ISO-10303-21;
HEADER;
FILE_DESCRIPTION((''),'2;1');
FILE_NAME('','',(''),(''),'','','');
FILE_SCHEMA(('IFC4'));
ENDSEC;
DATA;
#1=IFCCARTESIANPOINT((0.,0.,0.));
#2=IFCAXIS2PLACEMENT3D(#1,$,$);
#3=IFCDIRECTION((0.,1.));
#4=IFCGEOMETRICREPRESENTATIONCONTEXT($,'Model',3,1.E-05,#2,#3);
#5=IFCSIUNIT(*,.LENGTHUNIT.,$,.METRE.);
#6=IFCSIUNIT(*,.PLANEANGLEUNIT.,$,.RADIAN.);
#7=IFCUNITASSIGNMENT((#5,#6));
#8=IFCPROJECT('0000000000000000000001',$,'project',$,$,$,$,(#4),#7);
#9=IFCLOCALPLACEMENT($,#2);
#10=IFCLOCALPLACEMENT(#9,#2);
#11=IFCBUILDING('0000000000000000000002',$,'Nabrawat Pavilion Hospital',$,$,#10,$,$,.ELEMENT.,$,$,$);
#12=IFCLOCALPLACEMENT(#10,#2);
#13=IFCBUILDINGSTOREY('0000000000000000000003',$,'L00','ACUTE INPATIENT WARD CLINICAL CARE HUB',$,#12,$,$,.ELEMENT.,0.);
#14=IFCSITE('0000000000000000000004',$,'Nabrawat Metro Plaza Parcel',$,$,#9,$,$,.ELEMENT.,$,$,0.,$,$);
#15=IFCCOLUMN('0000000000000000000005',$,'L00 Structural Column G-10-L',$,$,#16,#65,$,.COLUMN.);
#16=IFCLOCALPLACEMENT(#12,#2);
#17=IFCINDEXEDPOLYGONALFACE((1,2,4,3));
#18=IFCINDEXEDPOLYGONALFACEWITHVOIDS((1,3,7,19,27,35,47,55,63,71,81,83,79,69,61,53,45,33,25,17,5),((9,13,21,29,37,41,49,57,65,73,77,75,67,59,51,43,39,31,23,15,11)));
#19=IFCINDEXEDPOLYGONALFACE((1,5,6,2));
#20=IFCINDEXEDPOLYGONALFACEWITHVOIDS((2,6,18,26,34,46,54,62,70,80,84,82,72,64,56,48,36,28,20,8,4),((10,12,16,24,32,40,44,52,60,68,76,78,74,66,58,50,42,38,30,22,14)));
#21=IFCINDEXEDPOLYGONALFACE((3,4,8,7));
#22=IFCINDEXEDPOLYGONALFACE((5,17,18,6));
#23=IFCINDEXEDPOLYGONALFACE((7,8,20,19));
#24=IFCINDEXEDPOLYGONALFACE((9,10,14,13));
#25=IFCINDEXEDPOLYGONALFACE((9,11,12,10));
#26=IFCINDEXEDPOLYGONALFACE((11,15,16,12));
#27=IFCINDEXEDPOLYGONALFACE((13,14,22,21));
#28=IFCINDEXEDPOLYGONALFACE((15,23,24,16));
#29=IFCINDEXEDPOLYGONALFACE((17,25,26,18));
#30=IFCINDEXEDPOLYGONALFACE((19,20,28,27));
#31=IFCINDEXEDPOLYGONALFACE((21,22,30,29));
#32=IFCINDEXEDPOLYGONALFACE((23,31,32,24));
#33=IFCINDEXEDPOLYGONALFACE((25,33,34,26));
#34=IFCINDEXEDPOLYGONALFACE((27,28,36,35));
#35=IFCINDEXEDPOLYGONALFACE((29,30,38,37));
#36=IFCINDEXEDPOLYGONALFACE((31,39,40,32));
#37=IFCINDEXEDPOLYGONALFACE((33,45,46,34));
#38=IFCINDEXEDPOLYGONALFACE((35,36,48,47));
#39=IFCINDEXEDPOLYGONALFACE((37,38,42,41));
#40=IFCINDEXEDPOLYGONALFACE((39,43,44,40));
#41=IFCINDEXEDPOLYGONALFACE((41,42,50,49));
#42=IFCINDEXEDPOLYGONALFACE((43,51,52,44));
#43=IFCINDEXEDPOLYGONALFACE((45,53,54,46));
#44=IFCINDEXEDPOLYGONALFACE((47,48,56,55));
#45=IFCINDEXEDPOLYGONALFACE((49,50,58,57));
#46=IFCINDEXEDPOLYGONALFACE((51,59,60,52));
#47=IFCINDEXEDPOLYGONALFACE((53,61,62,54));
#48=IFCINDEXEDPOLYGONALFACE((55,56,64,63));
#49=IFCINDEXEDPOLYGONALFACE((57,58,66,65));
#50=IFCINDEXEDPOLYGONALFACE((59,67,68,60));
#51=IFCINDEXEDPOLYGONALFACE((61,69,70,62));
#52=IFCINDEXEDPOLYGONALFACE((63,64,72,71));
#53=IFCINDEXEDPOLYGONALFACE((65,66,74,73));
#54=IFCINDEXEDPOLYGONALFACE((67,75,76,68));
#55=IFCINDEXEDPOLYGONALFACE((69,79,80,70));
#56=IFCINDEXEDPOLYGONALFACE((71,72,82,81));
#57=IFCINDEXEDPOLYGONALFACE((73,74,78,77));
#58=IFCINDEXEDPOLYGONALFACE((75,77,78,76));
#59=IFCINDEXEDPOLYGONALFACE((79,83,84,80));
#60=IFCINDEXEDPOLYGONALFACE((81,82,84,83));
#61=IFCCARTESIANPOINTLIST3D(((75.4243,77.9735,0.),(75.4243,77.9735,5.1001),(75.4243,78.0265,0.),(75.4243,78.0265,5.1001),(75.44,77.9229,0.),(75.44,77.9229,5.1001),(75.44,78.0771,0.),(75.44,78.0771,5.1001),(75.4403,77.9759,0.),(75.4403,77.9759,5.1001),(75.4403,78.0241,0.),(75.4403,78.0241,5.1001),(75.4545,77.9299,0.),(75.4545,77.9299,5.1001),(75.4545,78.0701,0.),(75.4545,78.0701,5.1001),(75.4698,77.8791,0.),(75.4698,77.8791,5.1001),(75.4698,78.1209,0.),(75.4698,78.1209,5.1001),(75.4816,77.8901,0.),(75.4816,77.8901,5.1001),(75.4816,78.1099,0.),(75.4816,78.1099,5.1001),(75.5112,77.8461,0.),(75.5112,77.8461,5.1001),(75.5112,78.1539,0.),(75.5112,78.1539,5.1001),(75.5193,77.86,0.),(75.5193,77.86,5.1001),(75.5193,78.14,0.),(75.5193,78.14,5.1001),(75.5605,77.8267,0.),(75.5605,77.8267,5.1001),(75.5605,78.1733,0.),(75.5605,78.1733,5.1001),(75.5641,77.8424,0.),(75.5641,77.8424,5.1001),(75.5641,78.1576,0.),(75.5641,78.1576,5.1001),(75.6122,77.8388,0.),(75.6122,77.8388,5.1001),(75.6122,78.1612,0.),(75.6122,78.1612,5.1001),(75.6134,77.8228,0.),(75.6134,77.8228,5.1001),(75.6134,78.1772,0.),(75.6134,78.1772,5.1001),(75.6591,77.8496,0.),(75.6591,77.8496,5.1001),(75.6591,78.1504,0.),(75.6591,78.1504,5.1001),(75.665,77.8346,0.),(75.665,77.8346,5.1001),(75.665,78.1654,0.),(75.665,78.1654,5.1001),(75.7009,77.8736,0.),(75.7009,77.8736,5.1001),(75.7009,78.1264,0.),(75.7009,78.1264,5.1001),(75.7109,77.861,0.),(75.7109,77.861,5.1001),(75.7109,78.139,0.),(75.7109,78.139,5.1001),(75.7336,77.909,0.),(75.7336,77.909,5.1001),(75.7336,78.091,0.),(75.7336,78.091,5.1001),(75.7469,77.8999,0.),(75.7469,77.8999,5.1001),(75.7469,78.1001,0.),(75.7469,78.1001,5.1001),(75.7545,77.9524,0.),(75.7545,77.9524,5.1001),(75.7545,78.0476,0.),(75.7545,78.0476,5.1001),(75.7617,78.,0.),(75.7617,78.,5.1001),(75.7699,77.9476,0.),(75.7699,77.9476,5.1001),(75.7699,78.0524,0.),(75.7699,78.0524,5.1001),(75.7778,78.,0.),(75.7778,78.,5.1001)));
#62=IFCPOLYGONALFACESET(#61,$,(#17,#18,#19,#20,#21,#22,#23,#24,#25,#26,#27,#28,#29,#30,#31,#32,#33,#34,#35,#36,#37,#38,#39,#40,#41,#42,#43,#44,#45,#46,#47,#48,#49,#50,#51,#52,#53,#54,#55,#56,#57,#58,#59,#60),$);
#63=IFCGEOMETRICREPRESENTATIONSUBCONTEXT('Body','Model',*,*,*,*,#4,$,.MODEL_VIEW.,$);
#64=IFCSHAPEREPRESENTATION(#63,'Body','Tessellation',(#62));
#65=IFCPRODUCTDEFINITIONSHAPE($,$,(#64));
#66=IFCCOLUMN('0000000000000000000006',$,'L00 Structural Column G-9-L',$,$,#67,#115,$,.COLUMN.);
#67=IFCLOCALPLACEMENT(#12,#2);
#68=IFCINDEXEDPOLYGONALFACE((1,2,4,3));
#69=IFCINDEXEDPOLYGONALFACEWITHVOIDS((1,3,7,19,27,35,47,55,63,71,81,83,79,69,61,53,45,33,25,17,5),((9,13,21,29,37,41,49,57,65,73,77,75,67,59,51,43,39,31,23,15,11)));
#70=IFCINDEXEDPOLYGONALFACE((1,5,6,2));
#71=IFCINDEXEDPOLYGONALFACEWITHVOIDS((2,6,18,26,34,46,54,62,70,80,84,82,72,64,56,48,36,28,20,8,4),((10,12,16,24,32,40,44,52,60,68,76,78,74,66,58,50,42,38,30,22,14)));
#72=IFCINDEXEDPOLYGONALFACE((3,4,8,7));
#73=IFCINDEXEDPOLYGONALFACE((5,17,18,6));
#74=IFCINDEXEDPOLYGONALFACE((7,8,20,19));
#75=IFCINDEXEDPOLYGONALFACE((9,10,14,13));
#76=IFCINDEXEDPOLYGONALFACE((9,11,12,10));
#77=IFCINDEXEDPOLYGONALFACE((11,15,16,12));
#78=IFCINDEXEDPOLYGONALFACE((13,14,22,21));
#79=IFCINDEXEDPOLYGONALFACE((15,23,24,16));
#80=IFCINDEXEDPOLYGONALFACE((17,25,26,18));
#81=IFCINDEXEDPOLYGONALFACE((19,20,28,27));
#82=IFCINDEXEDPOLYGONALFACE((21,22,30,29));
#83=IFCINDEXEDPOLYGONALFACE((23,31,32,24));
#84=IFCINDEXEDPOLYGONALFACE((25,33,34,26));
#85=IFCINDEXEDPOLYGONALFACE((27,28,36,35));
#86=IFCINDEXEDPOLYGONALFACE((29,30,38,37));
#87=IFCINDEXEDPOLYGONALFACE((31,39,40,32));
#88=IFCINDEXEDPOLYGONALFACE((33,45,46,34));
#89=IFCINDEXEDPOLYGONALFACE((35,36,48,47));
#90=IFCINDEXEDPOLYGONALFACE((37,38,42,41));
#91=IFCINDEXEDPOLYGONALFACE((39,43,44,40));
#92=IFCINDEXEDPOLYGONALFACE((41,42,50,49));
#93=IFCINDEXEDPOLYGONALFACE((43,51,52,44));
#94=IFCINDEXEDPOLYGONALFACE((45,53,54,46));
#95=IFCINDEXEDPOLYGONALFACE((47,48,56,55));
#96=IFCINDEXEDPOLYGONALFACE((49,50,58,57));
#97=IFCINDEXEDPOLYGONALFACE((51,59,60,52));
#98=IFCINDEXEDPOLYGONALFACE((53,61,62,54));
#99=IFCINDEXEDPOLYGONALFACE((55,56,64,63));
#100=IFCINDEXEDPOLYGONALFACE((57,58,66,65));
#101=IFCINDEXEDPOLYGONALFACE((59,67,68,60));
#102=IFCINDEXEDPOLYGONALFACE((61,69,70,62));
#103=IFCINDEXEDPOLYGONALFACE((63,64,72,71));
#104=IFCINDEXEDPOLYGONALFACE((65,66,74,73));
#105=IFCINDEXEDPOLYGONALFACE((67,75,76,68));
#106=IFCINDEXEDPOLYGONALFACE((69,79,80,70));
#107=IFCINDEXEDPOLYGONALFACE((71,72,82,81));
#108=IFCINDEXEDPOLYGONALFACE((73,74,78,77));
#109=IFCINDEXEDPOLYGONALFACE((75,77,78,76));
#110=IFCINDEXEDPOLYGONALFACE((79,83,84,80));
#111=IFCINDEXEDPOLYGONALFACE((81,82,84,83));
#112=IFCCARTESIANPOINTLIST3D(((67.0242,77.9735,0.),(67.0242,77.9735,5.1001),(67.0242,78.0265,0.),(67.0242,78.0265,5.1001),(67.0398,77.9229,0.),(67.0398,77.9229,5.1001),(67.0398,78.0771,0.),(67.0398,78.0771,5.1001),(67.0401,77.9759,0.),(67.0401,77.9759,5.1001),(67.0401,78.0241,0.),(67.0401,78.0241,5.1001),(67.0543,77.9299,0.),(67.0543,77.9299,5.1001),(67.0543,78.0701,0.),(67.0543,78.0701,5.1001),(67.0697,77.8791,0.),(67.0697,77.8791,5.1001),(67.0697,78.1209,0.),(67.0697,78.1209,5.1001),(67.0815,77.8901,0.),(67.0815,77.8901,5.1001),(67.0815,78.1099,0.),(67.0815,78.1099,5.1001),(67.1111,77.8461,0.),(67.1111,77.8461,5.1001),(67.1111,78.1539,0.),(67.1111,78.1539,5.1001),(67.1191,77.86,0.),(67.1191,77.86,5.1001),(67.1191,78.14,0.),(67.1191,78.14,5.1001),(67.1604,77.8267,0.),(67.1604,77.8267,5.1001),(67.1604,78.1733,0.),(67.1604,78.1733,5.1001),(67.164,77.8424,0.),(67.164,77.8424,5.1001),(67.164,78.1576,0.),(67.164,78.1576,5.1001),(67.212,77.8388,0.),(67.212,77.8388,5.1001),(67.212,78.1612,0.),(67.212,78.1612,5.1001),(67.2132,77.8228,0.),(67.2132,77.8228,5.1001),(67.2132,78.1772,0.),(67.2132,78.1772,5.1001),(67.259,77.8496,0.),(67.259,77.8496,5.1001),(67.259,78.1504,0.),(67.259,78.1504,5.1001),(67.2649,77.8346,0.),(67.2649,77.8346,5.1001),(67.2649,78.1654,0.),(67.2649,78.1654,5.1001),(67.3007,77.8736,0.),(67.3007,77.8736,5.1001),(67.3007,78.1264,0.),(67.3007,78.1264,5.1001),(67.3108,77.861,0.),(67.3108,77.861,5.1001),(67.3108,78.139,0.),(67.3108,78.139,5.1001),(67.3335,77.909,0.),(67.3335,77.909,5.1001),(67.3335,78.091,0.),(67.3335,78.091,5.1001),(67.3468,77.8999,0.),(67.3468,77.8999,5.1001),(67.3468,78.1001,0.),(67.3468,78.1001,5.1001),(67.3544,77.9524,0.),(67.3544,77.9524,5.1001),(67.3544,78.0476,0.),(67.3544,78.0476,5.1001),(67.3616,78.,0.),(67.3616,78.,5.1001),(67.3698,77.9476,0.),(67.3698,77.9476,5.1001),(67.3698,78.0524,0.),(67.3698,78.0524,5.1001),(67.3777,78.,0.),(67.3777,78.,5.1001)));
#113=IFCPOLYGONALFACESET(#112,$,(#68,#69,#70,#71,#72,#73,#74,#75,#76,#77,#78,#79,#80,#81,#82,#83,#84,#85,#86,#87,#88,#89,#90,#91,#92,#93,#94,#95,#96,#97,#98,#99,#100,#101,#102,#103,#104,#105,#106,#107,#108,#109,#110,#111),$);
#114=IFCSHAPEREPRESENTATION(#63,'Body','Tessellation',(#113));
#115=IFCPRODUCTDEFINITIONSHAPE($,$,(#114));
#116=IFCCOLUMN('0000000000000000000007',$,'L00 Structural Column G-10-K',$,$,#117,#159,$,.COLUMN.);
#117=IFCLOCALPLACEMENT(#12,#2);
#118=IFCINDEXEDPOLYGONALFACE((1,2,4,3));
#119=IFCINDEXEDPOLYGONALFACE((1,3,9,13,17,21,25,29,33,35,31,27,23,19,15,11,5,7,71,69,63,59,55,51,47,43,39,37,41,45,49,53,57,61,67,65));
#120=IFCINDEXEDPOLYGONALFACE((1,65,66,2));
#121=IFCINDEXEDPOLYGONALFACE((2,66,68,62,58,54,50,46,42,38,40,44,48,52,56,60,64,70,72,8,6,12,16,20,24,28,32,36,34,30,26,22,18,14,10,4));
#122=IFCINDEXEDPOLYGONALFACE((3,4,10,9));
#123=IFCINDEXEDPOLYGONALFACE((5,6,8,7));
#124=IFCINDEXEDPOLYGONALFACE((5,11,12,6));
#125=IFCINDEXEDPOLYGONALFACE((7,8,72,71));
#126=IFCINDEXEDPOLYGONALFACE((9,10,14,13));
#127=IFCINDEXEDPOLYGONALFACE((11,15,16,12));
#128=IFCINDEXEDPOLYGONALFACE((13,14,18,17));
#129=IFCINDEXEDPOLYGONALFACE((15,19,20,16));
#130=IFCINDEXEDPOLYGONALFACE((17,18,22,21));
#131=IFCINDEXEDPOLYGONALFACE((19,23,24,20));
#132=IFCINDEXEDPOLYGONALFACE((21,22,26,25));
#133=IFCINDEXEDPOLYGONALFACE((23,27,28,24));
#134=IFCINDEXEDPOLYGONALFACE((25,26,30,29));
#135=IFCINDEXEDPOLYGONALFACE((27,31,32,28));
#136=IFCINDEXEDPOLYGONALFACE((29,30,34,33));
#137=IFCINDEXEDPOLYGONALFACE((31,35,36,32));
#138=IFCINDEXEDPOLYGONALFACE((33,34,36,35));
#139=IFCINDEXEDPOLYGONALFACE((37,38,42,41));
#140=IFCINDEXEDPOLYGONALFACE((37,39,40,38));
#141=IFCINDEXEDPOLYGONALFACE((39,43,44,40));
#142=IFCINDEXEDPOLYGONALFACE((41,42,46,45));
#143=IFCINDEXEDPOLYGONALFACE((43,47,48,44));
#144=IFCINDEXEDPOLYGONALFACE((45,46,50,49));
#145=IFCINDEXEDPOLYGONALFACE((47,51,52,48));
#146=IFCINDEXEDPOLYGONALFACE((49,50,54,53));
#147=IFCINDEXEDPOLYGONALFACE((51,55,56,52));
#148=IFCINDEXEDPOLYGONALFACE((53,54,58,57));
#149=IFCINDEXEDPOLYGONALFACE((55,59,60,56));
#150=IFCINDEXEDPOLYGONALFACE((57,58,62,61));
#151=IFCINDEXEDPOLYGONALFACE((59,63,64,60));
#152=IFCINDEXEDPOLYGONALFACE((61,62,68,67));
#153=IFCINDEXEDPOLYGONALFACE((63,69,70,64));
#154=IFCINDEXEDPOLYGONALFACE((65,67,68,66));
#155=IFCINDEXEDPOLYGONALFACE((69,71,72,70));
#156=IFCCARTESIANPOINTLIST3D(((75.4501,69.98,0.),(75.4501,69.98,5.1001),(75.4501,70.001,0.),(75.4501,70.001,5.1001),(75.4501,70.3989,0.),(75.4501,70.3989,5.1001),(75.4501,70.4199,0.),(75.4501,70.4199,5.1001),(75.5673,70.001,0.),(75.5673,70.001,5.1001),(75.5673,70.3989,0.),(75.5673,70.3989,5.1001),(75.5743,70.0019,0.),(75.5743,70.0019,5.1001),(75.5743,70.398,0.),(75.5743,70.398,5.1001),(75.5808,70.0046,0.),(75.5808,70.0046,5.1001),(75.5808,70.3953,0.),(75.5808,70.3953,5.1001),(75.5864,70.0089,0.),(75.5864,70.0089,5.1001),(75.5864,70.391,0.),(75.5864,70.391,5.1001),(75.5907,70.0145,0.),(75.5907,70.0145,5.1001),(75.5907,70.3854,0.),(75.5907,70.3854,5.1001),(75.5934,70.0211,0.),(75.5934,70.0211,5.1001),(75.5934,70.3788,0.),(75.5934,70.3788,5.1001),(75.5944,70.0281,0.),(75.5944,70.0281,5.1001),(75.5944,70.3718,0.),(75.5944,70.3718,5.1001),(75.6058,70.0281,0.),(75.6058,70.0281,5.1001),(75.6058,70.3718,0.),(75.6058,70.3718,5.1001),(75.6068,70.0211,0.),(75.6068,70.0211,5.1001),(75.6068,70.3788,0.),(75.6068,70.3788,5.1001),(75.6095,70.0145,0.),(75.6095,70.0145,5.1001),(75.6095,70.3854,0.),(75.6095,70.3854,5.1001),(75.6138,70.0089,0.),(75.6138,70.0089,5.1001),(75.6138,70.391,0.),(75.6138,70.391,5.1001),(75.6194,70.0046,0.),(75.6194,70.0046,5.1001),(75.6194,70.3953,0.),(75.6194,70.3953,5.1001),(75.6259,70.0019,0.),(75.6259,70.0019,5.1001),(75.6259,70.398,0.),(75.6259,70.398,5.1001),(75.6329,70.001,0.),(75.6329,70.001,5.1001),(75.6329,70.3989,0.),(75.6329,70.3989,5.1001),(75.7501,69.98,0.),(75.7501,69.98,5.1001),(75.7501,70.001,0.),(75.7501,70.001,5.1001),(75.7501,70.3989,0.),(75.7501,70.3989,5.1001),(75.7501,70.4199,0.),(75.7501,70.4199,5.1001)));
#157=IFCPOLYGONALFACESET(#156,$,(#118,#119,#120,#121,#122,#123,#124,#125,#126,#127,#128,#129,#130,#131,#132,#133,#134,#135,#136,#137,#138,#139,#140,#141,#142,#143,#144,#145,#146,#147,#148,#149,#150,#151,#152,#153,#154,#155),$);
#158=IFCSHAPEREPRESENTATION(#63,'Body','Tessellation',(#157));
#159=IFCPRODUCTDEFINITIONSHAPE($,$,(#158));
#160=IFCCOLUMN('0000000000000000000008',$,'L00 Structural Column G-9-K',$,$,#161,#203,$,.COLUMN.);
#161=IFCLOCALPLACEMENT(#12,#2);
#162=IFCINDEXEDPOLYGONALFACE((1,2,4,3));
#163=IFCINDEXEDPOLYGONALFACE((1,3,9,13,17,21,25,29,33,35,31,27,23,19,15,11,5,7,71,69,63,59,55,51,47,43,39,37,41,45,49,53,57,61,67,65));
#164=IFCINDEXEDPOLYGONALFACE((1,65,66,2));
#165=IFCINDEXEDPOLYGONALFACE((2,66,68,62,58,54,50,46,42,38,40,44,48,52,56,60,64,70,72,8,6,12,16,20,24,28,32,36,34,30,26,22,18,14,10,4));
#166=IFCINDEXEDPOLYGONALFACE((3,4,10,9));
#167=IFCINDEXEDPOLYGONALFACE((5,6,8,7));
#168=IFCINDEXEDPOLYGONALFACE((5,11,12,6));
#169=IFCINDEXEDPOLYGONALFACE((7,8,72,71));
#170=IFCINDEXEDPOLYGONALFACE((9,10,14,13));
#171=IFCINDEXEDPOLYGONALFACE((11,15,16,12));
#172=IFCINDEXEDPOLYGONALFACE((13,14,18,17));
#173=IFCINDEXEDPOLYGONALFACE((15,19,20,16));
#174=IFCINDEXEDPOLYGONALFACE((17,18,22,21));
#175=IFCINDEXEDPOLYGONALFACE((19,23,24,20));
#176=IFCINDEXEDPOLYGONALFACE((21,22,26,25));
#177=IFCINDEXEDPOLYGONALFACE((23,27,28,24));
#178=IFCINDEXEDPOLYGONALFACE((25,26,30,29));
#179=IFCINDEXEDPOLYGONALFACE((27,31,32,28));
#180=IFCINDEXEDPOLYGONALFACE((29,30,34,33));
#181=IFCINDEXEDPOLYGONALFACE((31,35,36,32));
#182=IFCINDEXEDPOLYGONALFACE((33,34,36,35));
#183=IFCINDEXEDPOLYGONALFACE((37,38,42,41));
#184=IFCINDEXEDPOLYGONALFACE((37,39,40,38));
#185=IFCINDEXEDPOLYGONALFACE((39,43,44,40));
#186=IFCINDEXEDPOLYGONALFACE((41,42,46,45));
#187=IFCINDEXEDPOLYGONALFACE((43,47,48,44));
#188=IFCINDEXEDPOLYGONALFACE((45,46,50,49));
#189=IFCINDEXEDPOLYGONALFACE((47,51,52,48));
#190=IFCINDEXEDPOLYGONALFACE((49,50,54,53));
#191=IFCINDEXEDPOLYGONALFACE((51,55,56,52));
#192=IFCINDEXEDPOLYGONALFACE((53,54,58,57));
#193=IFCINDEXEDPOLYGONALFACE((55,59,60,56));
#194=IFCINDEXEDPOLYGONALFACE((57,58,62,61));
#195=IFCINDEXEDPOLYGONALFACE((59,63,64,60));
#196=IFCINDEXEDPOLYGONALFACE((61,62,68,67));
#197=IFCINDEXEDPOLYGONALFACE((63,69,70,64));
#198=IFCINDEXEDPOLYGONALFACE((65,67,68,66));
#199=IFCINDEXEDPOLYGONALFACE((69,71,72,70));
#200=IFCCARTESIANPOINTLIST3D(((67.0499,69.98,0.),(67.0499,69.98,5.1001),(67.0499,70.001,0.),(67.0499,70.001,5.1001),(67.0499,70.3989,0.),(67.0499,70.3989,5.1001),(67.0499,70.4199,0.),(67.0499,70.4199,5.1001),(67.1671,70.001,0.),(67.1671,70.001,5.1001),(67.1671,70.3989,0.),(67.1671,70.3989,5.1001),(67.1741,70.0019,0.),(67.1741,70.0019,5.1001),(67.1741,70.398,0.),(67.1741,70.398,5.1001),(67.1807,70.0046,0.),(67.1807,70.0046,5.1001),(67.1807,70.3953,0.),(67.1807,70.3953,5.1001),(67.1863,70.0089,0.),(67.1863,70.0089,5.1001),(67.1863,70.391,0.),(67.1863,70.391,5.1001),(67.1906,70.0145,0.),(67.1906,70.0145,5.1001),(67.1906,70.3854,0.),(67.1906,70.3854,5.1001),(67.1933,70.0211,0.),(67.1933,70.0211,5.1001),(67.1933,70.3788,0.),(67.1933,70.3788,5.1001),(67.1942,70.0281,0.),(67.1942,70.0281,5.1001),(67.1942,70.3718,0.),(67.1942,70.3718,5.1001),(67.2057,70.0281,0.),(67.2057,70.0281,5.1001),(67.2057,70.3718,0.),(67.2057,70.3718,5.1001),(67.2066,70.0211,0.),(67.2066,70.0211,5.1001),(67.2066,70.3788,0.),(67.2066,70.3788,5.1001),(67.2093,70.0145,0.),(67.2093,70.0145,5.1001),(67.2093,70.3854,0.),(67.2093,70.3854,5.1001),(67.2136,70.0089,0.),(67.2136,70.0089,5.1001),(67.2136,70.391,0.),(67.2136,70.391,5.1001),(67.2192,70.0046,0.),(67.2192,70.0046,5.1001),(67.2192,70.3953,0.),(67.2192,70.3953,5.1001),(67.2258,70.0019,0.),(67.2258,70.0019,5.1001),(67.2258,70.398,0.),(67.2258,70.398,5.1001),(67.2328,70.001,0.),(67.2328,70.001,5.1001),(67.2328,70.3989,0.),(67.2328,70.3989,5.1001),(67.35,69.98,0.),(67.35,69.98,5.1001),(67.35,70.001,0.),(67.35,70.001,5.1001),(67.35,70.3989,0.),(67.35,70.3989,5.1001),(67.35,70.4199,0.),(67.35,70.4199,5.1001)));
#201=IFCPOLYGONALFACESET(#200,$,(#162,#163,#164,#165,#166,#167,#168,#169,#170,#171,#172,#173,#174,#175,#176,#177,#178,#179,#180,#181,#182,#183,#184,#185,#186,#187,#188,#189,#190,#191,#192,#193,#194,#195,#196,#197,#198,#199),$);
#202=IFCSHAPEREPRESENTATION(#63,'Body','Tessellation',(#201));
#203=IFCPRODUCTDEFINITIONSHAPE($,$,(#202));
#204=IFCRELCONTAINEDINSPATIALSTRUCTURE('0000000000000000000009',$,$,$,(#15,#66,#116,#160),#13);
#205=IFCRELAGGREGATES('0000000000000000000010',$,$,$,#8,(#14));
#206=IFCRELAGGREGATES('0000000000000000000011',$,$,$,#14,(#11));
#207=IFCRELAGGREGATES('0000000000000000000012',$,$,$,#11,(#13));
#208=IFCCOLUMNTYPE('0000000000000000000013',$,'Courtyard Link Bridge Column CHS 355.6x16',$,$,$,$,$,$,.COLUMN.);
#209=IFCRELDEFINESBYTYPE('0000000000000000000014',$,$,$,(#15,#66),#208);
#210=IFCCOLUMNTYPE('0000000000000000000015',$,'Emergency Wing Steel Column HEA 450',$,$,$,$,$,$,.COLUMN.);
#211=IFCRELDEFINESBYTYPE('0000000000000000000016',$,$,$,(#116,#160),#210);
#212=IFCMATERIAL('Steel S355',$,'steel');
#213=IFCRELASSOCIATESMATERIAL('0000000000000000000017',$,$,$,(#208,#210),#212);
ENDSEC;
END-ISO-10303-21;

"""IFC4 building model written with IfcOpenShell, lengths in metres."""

from ifc_helpers import new_model, si_unit, direction, frame, origin, origin_2d, place, context, subcontext, project, spatial, hollow_circle, i_section, extrude, material, material_profile, profile_set, type_object, element, save


model = new_model("IFC4")

# Units and contexts
model_context = context("Model", 3, precision=1e-05, world=origin(), true_north=direction((0.0, 1.0)))
body_context = subcontext(model_context, "Body", "Model", "MODEL_VIEW")
ifc_project = project(units=[si_unit("LENGTHUNIT", "METRE"), si_unit("PLANEANGLEUNIT", "RADIAN")], contexts=[model_context])

# Site, building, storey
site_placement = place(None, origin())
site = spatial("IfcSite", under=ifc_project, at=site_placement, Name="Nabrawat Metro Plaza Parcel", CompositionType="ELEMENT", RefElevation=0.0)
building_placement = place(site_placement, origin())
building = spatial("IfcBuilding", under=site, at=building_placement, Name="Nabrawat Pavilion Hospital", CompositionType="ELEMENT")
storey_placement = place(building_placement, origin())
storey = spatial("IfcBuildingStorey", under=building, at=storey_placement, Name="L00", Description="ACUTE INPATIENT WARD CLINICAL CARE HUB", CompositionType="ELEMENT", Elevation=0.0)

# Columns
ifc_material_1 = material(Name="Steel S355", Category="steel")
ifc_material_profile_1 = material_profile(ifc_material_1, hollow_circle(Radius=0.1777, WallThickness=0.0161, at=origin_2d()), Name="CHS 355.6x16")
ifc_profile_set_1 = profile_set([ifc_material_profile_1], Name="Steel S355")
column_type_1 = type_object("IfcColumnType", Name="Courtyard Link Bridge Column CHS 355.6x16", PredefinedType="COLUMN", material=ifc_profile_set_1)
for number, where, z_axis, x_axis, name in (
    (1, (75.6001, 78.0, 0.0), (0.0, 0.0, 1.0), (1.0, 0.0, 0.0), "L00 Structural Column G-10-L"),
    (2, (67.2, 78.0, 0.0), (0.0, 0.0, 1.0), (1.0, 0.0, 0.0), "L00 Structural Column G-9-L"),
):
    element("IfcColumn", number, at=place(storey_placement, frame(where, z_axis=z_axis, x_axis=x_axis)), inside=storey, type_object=column_type_1, Name=name, PredefinedType="COLUMN", context=body_context, shape_type="SweptSolid", body=[
        extrude(hollow_circle(Radius=0.1777, WallThickness=0.0161, at=origin_2d()), origin(), (0.0, 0.0, 1.0), 5.1001),
    ])
ifc_material_profile_2 = material_profile(ifc_material_1, i_section(OverallWidth=0.3, OverallDepth=0.4399, WebThickness=0.0115, FlangeThickness=0.021, FilletRadius=0.0271, at=origin_2d()), Name="HEA 450")
ifc_profile_set_2 = profile_set([ifc_material_profile_2], Name="Steel S355")
column_type_2 = type_object("IfcColumnType", Name="Emergency Wing Steel Column HEA 450", PredefinedType="COLUMN", material=ifc_profile_set_2)
for number, where, z_axis, x_axis, name in (
    (3, (75.6001, 70.2, 0.0), (0.0, 0.0, 1.0), (1.0, 0.0, 0.0), "L00 Structural Column G-10-K"),
    (4, (67.2, 70.2, 0.0), (0.0, 0.0, 1.0), (1.0, 0.0, 0.0), "L00 Structural Column G-9-K"),
):
    element("IfcColumn", number, at=place(storey_placement, frame(where, z_axis=z_axis, x_axis=x_axis)), inside=storey, type_object=column_type_2, Name=name, PredefinedType="COLUMN", context=body_context, shape_type="SweptSolid", body=[
        extrude(i_section(OverallWidth=0.3, OverallDepth=0.4399, WebThickness=0.0115, FlangeThickness=0.021, FilletRadius=0.0271, at=origin_2d()), origin(), (0.0, 0.0, 1.0), 5.1001),
    ])

save(model, "model.ifc")
